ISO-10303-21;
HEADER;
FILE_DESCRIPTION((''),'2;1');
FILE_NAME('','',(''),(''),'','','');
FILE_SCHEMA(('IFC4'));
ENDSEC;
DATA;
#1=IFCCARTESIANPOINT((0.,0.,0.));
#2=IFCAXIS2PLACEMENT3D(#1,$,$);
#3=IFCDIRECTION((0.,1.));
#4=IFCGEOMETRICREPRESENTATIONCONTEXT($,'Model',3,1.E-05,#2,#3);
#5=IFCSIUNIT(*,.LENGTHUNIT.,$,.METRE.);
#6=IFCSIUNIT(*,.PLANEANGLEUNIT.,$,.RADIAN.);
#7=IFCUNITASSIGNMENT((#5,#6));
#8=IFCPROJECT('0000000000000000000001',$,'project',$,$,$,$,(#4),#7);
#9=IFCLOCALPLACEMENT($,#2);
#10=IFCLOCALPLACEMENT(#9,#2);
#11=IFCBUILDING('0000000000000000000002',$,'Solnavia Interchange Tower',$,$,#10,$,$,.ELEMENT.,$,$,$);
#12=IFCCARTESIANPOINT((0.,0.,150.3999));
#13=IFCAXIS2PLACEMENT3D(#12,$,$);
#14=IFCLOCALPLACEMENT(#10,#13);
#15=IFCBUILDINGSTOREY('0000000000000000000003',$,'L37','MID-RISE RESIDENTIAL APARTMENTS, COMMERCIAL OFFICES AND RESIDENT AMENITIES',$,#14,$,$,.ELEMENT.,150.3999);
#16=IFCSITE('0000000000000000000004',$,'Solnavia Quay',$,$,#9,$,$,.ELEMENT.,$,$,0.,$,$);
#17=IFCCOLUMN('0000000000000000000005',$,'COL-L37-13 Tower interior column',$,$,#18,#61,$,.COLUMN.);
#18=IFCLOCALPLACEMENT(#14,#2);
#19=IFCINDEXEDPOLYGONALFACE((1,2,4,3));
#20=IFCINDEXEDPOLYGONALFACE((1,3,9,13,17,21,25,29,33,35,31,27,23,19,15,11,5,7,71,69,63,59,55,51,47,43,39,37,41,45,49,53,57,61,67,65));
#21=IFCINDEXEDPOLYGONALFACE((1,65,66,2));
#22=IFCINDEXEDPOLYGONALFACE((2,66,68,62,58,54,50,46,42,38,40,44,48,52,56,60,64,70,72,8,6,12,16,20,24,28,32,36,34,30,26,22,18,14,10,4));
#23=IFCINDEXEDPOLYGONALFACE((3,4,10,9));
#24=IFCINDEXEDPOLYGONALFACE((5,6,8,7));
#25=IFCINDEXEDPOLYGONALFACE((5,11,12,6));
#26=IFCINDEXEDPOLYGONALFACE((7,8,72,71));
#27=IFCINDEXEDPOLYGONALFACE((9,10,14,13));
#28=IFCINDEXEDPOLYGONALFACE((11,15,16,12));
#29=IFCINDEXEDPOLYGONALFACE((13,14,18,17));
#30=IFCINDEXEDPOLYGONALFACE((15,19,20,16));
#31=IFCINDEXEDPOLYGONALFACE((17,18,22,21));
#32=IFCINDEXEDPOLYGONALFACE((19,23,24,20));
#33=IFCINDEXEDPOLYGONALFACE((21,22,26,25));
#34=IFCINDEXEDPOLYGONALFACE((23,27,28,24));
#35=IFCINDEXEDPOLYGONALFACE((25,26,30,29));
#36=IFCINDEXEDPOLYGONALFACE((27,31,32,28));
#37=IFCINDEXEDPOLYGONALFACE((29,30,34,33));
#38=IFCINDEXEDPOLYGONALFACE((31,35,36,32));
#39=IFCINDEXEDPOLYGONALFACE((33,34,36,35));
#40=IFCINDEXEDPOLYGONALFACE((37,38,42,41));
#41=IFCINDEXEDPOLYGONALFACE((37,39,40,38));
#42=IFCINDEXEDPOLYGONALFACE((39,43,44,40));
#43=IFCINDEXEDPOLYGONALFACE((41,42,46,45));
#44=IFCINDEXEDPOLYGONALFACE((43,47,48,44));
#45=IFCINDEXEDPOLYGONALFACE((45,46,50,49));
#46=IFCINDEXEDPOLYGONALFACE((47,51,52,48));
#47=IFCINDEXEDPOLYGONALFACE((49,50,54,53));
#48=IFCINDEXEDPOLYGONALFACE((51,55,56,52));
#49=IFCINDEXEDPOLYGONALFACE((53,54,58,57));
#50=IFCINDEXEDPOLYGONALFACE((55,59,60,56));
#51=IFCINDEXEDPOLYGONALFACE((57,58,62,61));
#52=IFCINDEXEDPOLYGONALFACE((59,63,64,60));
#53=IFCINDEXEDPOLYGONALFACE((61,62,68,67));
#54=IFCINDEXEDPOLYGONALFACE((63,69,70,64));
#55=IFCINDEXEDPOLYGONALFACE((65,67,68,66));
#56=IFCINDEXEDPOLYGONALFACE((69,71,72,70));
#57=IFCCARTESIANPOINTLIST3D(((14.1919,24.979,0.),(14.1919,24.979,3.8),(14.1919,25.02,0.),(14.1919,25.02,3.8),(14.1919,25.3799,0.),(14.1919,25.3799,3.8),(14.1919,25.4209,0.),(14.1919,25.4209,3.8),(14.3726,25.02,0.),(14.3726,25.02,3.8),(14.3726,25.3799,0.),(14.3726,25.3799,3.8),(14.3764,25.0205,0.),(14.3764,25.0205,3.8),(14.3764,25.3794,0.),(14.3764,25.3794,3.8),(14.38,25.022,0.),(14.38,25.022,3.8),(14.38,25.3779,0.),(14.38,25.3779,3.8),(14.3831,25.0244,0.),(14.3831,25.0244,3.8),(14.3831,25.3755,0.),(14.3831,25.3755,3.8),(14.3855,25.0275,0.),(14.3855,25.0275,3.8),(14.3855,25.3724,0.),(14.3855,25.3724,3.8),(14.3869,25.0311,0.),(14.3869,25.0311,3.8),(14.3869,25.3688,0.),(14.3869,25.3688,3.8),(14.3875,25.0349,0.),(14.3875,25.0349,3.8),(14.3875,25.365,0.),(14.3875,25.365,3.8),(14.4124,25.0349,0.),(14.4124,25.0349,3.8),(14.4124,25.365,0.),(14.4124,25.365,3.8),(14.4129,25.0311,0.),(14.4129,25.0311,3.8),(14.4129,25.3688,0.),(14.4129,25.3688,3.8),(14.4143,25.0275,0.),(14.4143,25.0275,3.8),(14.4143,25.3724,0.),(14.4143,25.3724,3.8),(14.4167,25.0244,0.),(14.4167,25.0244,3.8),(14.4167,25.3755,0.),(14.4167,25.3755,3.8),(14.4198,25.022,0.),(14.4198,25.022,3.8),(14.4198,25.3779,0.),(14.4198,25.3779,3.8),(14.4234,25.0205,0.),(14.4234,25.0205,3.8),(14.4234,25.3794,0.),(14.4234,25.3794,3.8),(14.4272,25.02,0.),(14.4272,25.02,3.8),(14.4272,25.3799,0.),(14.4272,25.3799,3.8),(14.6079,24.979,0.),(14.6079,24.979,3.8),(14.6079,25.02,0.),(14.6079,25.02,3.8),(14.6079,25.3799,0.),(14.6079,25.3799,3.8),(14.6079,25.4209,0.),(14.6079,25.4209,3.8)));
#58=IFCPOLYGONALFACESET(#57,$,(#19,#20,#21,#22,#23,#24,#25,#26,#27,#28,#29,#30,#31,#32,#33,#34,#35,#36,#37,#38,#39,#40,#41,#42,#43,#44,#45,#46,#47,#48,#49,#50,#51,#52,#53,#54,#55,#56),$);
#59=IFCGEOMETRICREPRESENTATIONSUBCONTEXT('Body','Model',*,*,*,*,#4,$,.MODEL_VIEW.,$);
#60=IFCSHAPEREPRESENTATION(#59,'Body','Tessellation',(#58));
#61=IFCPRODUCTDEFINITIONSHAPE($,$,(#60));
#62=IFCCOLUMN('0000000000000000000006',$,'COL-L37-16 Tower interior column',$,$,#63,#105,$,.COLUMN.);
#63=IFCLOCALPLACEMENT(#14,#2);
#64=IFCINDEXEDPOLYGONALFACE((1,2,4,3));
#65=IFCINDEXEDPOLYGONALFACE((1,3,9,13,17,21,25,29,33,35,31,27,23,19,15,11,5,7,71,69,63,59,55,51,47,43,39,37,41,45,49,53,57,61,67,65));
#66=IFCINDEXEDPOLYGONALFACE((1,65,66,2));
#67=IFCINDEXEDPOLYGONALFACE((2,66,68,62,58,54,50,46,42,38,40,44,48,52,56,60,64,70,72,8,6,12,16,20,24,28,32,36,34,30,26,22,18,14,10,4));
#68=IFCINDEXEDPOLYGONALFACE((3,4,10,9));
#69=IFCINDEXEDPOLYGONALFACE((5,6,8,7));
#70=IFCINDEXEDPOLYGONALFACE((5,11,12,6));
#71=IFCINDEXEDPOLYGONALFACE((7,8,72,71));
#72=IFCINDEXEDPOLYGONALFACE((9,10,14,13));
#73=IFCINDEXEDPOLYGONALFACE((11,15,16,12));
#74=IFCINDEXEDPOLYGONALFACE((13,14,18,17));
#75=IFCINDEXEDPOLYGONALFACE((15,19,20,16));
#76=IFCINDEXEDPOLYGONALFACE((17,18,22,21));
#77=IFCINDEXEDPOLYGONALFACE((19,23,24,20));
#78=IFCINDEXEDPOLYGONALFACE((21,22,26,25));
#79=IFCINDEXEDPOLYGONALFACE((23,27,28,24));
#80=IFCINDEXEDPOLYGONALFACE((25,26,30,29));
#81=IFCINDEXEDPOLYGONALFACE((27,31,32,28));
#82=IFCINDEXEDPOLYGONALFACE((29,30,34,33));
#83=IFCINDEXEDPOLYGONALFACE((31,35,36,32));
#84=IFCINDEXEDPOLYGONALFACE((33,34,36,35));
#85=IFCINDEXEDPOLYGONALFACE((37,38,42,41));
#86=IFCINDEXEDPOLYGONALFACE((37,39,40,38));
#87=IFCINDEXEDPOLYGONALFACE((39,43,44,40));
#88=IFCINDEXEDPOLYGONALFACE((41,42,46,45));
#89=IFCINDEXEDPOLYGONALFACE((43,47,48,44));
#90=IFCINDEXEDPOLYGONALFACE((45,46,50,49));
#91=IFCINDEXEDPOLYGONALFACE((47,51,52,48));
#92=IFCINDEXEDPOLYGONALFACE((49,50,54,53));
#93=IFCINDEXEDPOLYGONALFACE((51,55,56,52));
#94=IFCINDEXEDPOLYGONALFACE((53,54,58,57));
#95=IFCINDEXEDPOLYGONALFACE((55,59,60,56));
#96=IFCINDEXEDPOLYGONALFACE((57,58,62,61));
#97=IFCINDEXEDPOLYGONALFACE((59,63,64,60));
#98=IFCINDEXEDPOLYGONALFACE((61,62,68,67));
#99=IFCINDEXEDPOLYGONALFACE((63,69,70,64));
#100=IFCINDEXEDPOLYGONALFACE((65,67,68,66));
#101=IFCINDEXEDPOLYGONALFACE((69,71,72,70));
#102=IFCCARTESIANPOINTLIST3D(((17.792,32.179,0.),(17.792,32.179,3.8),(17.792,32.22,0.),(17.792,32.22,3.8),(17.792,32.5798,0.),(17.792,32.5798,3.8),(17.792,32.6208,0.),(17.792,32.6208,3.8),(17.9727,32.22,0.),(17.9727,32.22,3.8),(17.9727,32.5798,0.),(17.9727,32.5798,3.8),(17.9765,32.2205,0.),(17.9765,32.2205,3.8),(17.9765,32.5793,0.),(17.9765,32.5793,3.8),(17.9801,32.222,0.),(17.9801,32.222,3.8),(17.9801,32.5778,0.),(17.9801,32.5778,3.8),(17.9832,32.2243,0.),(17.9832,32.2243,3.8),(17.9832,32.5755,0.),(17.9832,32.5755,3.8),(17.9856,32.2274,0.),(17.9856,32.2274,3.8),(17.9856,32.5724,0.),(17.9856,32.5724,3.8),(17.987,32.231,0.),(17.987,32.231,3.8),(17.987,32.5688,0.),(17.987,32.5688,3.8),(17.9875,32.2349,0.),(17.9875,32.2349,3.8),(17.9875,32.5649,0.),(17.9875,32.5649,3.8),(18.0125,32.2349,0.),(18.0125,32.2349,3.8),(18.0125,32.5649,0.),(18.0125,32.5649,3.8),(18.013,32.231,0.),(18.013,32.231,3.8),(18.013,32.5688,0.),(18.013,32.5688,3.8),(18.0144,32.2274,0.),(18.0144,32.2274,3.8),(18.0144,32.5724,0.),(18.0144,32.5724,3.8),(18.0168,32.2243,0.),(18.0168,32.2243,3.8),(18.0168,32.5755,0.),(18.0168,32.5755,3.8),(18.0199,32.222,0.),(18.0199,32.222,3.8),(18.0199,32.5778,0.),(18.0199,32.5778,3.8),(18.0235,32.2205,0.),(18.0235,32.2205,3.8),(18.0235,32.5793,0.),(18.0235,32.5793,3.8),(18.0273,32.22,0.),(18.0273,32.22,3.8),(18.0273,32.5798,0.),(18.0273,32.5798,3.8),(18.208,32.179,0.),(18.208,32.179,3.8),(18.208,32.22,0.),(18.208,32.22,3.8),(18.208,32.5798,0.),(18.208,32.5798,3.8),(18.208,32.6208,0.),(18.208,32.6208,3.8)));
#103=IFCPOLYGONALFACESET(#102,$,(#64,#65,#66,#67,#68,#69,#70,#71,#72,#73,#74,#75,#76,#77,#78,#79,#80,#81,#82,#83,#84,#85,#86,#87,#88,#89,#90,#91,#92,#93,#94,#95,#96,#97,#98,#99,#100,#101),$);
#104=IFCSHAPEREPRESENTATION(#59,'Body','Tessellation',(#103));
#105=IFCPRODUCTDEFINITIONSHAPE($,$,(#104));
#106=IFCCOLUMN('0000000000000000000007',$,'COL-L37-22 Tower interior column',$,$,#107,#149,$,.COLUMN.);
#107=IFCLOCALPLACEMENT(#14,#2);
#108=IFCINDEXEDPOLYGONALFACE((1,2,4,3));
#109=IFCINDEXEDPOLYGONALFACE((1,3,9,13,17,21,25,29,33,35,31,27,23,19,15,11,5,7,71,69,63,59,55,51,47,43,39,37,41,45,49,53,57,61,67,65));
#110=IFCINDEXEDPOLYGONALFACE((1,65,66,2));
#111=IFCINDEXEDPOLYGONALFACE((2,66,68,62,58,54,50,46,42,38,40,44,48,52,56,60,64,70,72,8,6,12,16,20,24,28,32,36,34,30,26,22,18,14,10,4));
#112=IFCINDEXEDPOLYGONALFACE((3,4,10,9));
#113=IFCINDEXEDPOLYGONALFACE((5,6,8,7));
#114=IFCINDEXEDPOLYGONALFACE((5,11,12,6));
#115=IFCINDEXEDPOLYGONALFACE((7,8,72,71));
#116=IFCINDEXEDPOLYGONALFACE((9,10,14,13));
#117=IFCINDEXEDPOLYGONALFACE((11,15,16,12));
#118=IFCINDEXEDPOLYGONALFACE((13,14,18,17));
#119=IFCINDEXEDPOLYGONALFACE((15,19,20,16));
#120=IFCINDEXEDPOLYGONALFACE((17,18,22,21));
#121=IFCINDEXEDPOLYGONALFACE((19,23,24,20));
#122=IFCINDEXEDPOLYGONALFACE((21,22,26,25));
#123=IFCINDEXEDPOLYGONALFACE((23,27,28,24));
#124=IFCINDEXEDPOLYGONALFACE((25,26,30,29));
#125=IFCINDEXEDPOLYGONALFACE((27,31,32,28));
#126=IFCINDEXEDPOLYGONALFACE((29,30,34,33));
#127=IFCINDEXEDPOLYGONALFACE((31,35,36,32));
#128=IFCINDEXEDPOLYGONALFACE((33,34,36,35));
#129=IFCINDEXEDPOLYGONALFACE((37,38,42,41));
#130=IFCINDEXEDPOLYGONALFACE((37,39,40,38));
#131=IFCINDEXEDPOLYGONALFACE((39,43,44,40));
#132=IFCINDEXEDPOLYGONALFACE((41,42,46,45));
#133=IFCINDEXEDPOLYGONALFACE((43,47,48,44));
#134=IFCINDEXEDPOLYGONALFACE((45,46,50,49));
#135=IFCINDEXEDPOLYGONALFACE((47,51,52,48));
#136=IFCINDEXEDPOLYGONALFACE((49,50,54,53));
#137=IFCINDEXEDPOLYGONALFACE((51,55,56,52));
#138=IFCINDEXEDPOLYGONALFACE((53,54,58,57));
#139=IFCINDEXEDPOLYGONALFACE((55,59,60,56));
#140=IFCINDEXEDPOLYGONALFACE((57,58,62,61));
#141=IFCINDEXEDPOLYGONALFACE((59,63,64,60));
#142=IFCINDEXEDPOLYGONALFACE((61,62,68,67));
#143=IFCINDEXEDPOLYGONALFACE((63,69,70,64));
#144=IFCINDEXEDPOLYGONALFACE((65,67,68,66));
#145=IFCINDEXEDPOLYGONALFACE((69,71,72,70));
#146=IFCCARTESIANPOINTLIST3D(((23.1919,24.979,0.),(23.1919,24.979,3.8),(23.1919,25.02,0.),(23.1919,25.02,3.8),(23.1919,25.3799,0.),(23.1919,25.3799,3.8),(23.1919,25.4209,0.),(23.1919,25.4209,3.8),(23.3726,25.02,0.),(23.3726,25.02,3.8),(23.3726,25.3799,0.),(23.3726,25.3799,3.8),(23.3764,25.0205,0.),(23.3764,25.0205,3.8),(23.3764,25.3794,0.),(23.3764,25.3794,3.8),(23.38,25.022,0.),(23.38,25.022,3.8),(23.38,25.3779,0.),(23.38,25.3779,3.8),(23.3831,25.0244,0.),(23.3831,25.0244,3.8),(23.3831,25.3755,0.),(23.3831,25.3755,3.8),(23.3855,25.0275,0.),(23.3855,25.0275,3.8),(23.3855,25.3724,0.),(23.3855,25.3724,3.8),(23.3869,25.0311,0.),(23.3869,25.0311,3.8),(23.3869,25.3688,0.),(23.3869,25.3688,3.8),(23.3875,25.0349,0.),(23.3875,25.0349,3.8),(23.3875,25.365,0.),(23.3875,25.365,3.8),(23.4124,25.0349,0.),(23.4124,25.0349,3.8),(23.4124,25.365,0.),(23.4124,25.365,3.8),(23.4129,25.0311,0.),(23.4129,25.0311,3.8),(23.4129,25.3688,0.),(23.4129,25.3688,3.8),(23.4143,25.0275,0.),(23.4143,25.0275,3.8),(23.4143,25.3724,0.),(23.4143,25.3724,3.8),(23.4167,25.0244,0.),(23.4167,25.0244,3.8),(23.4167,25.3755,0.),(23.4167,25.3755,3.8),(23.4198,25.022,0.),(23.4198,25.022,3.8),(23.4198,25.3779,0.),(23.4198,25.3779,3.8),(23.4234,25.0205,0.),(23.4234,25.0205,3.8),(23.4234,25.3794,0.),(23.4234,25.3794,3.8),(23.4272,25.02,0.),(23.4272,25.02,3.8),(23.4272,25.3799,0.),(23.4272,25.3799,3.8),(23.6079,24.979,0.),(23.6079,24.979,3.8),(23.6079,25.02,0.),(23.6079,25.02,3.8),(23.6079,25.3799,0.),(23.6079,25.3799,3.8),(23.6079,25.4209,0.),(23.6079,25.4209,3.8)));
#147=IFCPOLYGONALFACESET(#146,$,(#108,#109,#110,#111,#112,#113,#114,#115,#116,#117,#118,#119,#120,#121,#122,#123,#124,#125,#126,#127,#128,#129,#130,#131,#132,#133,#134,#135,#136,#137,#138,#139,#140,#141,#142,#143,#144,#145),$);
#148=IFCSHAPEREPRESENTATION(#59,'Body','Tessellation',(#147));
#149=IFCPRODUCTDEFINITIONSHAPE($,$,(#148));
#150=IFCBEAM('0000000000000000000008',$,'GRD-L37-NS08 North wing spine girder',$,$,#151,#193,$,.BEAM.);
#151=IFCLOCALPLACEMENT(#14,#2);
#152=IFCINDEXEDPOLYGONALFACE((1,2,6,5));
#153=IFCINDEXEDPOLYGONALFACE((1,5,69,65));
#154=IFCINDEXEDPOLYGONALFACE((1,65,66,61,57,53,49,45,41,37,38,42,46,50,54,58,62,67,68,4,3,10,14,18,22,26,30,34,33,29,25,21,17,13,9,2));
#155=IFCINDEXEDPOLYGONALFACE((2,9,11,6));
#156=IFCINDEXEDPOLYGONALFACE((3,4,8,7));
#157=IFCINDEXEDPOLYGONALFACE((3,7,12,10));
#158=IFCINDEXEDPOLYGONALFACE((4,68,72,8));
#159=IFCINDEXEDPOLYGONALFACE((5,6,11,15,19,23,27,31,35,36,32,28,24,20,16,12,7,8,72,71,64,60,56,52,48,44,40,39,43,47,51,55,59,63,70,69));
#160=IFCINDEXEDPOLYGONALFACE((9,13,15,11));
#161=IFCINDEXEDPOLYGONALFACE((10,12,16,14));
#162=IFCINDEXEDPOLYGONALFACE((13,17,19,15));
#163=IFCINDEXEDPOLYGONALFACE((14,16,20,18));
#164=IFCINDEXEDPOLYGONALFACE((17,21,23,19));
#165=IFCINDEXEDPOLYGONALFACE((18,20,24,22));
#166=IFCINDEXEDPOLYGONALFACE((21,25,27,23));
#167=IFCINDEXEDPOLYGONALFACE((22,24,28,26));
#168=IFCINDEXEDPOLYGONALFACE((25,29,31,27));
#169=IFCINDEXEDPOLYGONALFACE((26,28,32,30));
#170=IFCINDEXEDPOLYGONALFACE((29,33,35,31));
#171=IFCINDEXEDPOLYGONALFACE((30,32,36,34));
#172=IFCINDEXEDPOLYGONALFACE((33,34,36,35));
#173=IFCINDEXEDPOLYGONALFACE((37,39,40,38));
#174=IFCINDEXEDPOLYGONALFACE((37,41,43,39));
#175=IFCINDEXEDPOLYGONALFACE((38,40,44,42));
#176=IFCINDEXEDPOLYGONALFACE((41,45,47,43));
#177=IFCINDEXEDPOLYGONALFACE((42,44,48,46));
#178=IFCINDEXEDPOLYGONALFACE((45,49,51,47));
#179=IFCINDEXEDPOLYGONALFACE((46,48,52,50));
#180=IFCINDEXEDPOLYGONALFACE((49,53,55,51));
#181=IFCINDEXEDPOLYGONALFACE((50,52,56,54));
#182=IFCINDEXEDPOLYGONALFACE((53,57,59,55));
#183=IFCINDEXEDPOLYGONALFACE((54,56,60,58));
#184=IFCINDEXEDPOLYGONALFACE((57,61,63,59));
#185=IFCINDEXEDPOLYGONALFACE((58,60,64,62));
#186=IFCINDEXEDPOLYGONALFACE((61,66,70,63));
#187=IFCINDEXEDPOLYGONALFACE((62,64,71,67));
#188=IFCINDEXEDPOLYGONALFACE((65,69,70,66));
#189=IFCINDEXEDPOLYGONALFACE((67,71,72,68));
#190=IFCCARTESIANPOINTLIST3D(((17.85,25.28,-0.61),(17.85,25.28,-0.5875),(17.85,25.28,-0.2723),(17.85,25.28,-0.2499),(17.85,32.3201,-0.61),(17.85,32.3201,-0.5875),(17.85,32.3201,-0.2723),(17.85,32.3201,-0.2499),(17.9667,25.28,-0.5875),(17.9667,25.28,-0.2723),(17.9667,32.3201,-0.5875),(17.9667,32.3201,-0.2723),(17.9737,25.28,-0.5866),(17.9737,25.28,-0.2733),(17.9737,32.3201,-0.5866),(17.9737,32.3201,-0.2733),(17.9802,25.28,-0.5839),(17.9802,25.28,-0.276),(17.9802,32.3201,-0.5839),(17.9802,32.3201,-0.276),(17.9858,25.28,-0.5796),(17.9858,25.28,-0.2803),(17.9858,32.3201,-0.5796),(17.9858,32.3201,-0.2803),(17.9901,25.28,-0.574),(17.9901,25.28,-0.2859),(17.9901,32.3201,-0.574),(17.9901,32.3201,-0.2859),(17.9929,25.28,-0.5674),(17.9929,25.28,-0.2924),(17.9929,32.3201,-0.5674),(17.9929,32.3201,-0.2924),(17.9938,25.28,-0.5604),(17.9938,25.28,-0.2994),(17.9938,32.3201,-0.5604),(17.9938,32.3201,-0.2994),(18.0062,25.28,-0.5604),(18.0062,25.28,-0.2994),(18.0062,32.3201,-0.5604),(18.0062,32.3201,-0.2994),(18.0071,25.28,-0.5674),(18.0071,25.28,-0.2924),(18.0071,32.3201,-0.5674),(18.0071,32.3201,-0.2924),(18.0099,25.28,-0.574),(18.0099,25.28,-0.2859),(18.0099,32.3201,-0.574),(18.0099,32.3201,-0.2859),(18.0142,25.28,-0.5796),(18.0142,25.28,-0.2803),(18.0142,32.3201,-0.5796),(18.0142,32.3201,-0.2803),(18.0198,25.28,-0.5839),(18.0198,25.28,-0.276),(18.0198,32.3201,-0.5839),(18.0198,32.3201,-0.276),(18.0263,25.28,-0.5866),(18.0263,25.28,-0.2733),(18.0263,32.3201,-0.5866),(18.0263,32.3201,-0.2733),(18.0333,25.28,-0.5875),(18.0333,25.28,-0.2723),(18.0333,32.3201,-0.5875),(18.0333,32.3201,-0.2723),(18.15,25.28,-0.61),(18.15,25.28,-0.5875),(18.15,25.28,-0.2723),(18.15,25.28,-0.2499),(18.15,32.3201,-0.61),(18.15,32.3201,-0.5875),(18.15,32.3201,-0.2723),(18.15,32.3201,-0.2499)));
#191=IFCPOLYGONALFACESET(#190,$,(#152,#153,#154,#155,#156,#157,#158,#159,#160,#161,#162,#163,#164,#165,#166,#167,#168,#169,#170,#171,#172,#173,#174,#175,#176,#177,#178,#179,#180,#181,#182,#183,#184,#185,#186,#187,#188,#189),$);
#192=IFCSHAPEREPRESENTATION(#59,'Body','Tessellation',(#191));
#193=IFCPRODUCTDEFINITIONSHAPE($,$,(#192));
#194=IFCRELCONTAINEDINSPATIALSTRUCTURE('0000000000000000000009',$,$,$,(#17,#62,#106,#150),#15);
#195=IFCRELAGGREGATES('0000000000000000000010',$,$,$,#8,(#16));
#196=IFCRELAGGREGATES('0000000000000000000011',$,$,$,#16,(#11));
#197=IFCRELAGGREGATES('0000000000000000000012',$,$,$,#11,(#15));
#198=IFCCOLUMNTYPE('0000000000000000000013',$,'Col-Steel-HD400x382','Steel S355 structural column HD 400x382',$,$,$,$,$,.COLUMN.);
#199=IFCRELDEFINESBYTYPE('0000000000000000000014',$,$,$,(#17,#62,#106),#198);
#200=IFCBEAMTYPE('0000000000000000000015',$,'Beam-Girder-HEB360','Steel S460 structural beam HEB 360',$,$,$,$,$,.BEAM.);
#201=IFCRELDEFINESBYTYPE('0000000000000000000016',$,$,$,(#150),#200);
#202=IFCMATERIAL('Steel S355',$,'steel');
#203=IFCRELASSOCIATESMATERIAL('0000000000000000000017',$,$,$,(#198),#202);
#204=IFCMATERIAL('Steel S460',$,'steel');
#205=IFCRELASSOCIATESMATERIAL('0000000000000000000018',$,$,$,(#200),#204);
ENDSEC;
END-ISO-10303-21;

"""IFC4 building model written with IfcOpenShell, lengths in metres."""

from ifc_helpers import new_model, si_unit, direction, frame, origin, origin_2d, place, context, subcontext, project, spatial, i_section, extrude, material, material_profile, profile_set, type_object, element, save


model = new_model("IFC4")

# Units and contexts
model_context = context("Model", 3, precision=1e-05, world=origin(), true_north=direction((0.0, 1.0)))
body_context = subcontext(model_context, "Body", "Model", "MODEL_VIEW")
ifc_project = project(units=[si_unit("LENGTHUNIT", "METRE"), si_unit("PLANEANGLEUNIT", "RADIAN")], contexts=[model_context])

# Site, building, storey
site_placement = place(None, origin())
site = spatial("IfcSite", under=ifc_project, at=site_placement, Name="Solnavia Quay", CompositionType="ELEMENT", RefElevation=0.0)
building_placement = place(site_placement, origin())
building = spatial("IfcBuilding", under=site, at=building_placement, Name="Solnavia Interchange Tower", CompositionType="ELEMENT")
storey_placement = place(building_placement, frame((0.0, 0.0, 150.3999)))
storey = spatial("IfcBuildingStorey", under=building, at=storey_placement, Name="L37", Description="MID-RISE RESIDENTIAL APARTMENTS, COMMERCIAL OFFICES AND RESIDENT AMENITIES", CompositionType="ELEMENT", Elevation=150.3999)

# Columns
ifc_material_1 = material(Name="Steel S355", Category="steel")
ifc_material_profile_1 = material_profile(ifc_material_1, i_section(OverallWidth=0.416, OverallDepth=0.4419, WebThickness=0.0249, FlangeThickness=0.041, FilletRadius=0.0149, at=origin_2d()), Name="HD 400x382")
ifc_profile_set_1 = profile_set([ifc_material_profile_1], Name="Steel S355")
column_type = type_object("IfcColumnType", Name="Col-Steel-HD400x382", Description="Steel S355 structural column HD 400x382", PredefinedType="COLUMN", material=ifc_profile_set_1)
for number, where, z_axis, x_axis, name in (
    (1, (14.3999, 25.2, 0.0), (0.0, 0.0, 1.0), (1.0, 0.0, 0.0), "COL-L37-13 Tower interior column"),
    (2, (18.0, 32.3999, 0.0), (0.0, 0.0, 1.0), (1.0, 0.0, 0.0), "COL-L37-16 Tower interior column"),
    (3, (23.3999, 25.2, 0.0), (0.0, 0.0, 1.0), (1.0, 0.0, 0.0), "COL-L37-22 Tower interior column"),
):
    element("IfcColumn", number, at=place(storey_placement, frame(where, z_axis=z_axis, x_axis=x_axis)), inside=storey, type_object=column_type, Name=name, PredefinedType="COLUMN", context=body_context, shape_type="SweptSolid", body=[
        extrude(i_section(OverallWidth=0.416, OverallDepth=0.4419, WebThickness=0.0249, FlangeThickness=0.041, FilletRadius=0.0149, at=origin_2d()), origin(), (0.0, 0.0, 1.0), 3.8),
    ])

# Beam
ifc_material_2 = material(Name="Steel S460", Category="steel")
ifc_material_profile_2 = material_profile(ifc_material_2, i_section(OverallWidth=0.3, OverallDepth=0.3601, WebThickness=0.0125, FlangeThickness=0.0225, FilletRadius=0.0271, at=origin_2d()), Name="HEB 360")
ifc_profile_set_2 = profile_set([ifc_material_profile_2], Name="Steel S460")
beam_type_1 = type_object("IfcBeamType", Name="Beam-Girder-HEB360", Description="Steel S460 structural beam HEB 360", PredefinedType="BEAM", material=ifc_profile_set_2)
beam_1_placement = place(storey_placement, frame((18.0, 25.28, -0.4299), z_axis=(0.0, 1.0, 0.0), x_axis=(-1.0, 0.0, 0.0)))
element("IfcBeam", 4, at=beam_1_placement, inside=storey, type_object=beam_type_1, Name="GRD-L37-NS08 North wing spine girder", PredefinedType="BEAM", context=body_context, shape_type="SweptSolid", body=[
    extrude(i_section(OverallWidth=0.3, OverallDepth=0.3601, WebThickness=0.0125, FlangeThickness=0.0225, FilletRadius=0.0271, at=origin_2d()), origin(), (0.0, 0.0, 1.0), 7.04),
])

save(model, "model.ifc")
